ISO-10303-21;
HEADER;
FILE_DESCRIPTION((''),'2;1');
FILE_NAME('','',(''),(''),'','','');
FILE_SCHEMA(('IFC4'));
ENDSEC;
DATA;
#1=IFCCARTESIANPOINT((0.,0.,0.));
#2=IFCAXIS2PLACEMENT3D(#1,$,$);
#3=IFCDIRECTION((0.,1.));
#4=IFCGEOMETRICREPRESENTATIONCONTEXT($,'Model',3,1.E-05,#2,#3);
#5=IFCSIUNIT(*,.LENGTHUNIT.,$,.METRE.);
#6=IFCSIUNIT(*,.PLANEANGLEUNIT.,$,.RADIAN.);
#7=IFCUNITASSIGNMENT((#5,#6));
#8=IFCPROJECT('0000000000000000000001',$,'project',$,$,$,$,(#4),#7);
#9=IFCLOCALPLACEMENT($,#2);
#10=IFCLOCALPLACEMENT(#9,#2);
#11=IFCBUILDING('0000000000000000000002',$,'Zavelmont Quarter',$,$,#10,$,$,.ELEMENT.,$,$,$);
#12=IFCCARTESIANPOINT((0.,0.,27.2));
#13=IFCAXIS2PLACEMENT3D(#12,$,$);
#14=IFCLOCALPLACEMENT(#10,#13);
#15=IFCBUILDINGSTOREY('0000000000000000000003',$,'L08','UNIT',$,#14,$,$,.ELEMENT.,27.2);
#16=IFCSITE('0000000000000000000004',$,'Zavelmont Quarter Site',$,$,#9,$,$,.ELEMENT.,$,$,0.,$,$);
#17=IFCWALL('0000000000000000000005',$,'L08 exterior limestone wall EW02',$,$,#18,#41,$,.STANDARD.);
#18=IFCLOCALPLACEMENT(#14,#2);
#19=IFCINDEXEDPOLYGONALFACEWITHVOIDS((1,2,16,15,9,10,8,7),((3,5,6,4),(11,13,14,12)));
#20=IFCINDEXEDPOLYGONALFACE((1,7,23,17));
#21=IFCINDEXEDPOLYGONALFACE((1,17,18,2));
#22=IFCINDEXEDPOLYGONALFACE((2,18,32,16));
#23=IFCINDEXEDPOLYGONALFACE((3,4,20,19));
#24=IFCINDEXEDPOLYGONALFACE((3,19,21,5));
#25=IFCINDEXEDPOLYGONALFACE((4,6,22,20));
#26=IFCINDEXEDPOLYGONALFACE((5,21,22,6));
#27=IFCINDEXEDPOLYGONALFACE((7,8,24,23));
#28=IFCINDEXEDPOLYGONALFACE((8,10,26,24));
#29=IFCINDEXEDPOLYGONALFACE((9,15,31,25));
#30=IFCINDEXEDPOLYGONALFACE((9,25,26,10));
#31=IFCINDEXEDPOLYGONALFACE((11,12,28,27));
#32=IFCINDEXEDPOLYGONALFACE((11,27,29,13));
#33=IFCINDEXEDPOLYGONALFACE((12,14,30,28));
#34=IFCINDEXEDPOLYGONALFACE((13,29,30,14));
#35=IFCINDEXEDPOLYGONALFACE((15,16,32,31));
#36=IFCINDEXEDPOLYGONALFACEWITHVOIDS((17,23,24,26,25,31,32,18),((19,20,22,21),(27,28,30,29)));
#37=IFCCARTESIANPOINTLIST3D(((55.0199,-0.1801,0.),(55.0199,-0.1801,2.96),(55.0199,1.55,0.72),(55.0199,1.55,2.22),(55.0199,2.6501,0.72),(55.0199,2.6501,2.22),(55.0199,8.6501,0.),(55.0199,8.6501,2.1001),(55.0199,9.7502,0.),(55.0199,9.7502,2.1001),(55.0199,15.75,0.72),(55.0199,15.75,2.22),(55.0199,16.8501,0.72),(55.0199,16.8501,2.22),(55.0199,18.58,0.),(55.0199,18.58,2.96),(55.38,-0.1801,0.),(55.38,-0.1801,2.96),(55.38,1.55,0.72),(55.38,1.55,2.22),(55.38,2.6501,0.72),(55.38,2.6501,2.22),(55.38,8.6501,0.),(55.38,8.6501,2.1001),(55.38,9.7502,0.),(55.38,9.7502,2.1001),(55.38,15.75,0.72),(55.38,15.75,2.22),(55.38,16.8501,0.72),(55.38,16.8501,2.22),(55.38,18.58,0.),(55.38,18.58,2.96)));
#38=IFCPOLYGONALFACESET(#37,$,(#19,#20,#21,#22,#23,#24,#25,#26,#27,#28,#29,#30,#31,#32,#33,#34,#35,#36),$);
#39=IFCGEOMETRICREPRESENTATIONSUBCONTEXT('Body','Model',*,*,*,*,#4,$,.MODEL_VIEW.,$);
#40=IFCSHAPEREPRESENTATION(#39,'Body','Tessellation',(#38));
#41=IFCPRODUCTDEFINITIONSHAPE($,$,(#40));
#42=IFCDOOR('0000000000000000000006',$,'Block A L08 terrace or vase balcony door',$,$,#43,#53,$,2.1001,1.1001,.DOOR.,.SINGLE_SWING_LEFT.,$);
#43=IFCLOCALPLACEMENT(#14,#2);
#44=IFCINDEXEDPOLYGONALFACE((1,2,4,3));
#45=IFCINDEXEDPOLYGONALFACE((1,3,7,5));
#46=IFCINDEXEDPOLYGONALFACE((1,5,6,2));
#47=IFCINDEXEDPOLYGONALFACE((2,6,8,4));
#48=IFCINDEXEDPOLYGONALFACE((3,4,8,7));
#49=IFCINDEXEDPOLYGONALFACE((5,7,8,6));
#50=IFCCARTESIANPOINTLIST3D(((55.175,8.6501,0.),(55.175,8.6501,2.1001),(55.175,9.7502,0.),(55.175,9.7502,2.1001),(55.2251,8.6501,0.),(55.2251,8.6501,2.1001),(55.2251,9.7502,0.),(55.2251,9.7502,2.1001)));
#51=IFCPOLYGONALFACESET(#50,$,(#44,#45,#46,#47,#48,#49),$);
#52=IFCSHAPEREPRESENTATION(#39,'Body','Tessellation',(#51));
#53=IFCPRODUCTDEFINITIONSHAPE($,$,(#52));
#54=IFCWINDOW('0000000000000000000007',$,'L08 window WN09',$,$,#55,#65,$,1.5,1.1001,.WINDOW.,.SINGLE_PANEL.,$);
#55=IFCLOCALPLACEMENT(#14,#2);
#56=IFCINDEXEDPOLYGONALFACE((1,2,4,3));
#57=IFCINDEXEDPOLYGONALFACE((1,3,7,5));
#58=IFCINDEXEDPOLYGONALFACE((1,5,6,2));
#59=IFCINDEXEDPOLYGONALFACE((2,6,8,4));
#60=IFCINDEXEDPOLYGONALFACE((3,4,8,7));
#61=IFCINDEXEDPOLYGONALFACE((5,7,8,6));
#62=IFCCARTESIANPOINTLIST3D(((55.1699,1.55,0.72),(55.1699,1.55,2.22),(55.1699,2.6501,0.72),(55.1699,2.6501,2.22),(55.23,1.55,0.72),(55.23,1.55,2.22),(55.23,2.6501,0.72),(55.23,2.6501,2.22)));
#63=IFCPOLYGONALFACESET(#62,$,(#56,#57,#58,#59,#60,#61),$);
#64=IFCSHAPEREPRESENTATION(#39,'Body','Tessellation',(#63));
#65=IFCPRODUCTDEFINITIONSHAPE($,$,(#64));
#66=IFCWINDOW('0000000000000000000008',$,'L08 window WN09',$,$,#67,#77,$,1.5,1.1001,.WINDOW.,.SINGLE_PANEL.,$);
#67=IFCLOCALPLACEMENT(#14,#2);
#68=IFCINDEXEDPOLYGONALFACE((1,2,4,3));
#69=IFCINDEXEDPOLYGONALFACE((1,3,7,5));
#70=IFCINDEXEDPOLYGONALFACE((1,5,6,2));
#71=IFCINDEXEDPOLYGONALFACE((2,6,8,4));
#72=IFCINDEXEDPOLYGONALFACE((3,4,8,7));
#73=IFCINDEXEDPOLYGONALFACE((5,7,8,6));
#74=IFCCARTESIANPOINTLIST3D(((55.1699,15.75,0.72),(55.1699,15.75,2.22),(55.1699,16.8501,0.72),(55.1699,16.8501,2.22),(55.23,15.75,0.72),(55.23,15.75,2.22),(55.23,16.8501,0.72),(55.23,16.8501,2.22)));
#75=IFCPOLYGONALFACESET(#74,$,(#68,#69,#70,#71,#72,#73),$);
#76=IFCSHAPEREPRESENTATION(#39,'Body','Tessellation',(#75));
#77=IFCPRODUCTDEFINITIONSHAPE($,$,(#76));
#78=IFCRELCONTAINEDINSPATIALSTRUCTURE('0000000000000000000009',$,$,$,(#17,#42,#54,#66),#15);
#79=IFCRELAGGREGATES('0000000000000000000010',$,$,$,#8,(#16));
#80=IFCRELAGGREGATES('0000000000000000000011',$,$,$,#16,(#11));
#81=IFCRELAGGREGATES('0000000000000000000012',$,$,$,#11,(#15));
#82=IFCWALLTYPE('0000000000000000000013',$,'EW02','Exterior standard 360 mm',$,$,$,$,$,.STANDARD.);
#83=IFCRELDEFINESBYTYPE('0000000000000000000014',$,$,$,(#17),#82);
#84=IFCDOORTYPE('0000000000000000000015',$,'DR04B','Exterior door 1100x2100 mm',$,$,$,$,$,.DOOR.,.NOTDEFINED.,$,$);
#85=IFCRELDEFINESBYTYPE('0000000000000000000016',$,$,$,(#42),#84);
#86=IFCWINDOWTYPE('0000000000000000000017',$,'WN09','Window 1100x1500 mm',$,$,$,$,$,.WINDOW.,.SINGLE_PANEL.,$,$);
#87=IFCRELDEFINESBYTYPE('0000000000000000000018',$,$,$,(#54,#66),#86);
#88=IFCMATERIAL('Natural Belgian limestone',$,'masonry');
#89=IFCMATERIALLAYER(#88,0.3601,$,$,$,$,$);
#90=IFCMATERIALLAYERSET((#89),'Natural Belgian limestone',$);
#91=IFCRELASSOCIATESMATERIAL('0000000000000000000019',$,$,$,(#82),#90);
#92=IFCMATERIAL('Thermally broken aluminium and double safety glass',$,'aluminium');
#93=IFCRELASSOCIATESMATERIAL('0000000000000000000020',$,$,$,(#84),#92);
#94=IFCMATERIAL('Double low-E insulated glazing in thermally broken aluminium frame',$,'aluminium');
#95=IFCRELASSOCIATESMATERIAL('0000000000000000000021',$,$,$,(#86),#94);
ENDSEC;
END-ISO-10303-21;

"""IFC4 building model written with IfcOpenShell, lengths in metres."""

from ifc_helpers import new_model, si_unit, direction, frame, frame_2d, origin, origin_with_axes, place, context, subcontext, project, spatial, rectangle, extrude, material, layer, layer_set, type_object, element, fill, save


model = new_model("IFC4")

# Units and contexts
model_context = context("Model", 3, precision=1e-05, world=origin(), true_north=direction((0.0, 1.0)))
body_context = subcontext(model_context, "Body", "Model", "MODEL_VIEW")
ifc_project = project(units=[si_unit("LENGTHUNIT", "METRE"), si_unit("PLANEANGLEUNIT", "RADIAN")], contexts=[model_context])

# Site, building, storey
site_placement = place(None, origin())
site = spatial("IfcSite", under=ifc_project, at=site_placement, Name="Zavelmont Quarter Site", CompositionType="ELEMENT", RefElevation=0.0)
building_placement = place(site_placement, origin())
building = spatial("IfcBuilding", under=site, at=building_placement, Name="Zavelmont Quarter", CompositionType="ELEMENT")
storey_placement = place(building_placement, frame((0.0, 0.0, 27.2)))
storey = spatial("IfcBuildingStorey", under=building, at=storey_placement, Name="L08", Description="UNIT", CompositionType="ELEMENT", Elevation=27.2)

# Wall, openings, door, windows
ifc_material_1 = material(Name="Natural Belgian limestone", Category="masonry")
ifc_layer = layer(ifc_material_1, 0.3601)
ifc_layer_set = layer_set([ifc_layer], Name="Natural Belgian limestone")
wall_type = type_object("IfcWallType", Name="EW02", Description="Exterior standard 360 mm", PredefinedType="STANDARD", material=ifc_layer_set)
wall_placement = place(storey_placement, frame((55.2, -0.1799, 0.0), z_axis=(0.0, 0.0, 1.0), x_axis=(0.0, 1.0, 0.0)))
wall = element("IfcWall", 1, at=wall_placement, inside=storey, type_object=wall_type, Name="L08 exterior limestone wall EW02", PredefinedType="STANDARD", context=body_context, shape_type="SweptSolid", body=[
    extrude(rectangle(XDim=18.76, YDim=0.3601, at=frame_2d((9.3799, 0.0))), origin(), (0.0, 0.0, 1.0), 2.96),
])
opening_1_placement = place(wall_placement, frame((8.8301, 0.0, 0.0)))
opening_1 = element("IfcOpeningElement", 2, at=opening_1_placement, cuts=wall, PredefinedType="OPENING", context=body_context, shape_type="SweptSolid", body=[
    extrude(rectangle(XDim=1.1001, YDim=2.1001, at=frame_2d((0.55, 1.05))), frame((0.0, 0.1919, 0.0), z_axis=(0.0, -1.0, 0.0), x_axis=(1.0, 0.0, 0.0)), (0.0, 0.0, 1.0), 0.384),
])
opening_2_placement = place(wall_placement, frame((1.73, 0.0, 0.72)))
opening_2 = element("IfcOpeningElement", 3, at=opening_2_placement, cuts=wall, PredefinedType="OPENING", context=body_context, shape_type="SweptSolid", body=[
    extrude(rectangle(XDim=1.1001, YDim=1.5, at=frame_2d((0.55, 0.75))), frame((0.0, 0.1919, 0.0), z_axis=(0.0, -1.0, 0.0), x_axis=(1.0, 0.0, 0.0)), (0.0, 0.0, 1.0), 0.384),
])
opening_3_placement = place(wall_placement, frame((15.9299, 0.0, 0.72)))
opening_3 = element("IfcOpeningElement", 4, at=opening_3_placement, cuts=wall, PredefinedType="OPENING", context=body_context, shape_type="SweptSolid", body=[
    extrude(rectangle(XDim=1.1001, YDim=1.5, at=frame_2d((0.55, 0.75))), frame((0.0, 0.1919, 0.0), z_axis=(0.0, -1.0, 0.0), x_axis=(1.0, 0.0, 0.0)), (0.0, 0.0, 1.0), 0.384),
])
ifc_material_2 = material(Name="Thermally broken aluminium and double safety glass", Category="aluminium")
door_type = type_object("IfcDoorType", Name="DR04B", Description="Exterior door 1100x2100 mm", OperationType="NOTDEFINED", PredefinedType="DOOR", material=ifc_material_2)
door_placement = place(opening_1_placement, origin_with_axes())
door = element("IfcDoor", 5, at=door_placement, inside=storey, type_object=door_type, Name="Block A L08 terrace or vase balcony door", OperationType="SINGLE_SWING_LEFT", OverallHeight=2.1001, OverallWidth=1.1001, PredefinedType="DOOR", context=body_context, shape_type="SweptSolid", body=[
    extrude(rectangle(XDim=1.1001, YDim=2.1001, at=frame_2d((0.55, 1.05))), frame((0.0, 0.0249, 0.0), z_axis=(0.0, -1.0, 0.0), x_axis=(1.0, 0.0, 0.0)), (0.0, 0.0, 1.0), 0.05),
])
fill(opening_1, door)
ifc_material_3 = material(Name="Double low-E insulated glazing in thermally broken aluminium frame", Category="aluminium")
window_type = type_object("IfcWindowType", Name="WN09", Description="Window 1100x1500 mm", PartitioningType="SINGLE_PANEL", PredefinedType="WINDOW", material=ifc_material_3)
window_1_placement = place(opening_2_placement, origin_with_axes())
window_1 = element("IfcWindow", 6, at=window_1_placement, inside=storey, type_object=window_type, Name="L08 window WN09", OverallHeight=1.5, OverallWidth=1.1001, PartitioningType="SINGLE_PANEL", PredefinedType="WINDOW", context=body_context, shape_type="SweptSolid", body=[
    extrude(rectangle(XDim=1.1001, YDim=1.5, at=frame_2d((0.55, 0.75))), frame((0.0, 0.03, 0.0), z_axis=(0.0, -1.0, 0.0), x_axis=(1.0, 0.0, 0.0)), (0.0, 0.0, 1.0), 0.0601),
])
fill(opening_2, window_1)
window_2_placement = place(opening_3_placement, origin_with_axes())
window_2 = element("IfcWindow", 7, at=window_2_placement, inside=storey, type_object=window_type, Name="L08 window WN09", OverallHeight=1.5, OverallWidth=1.1001, PartitioningType="SINGLE_PANEL", PredefinedType="WINDOW", context=body_context, shape_type="SweptSolid", body=[
    extrude(rectangle(XDim=1.1001, YDim=1.5, at=frame_2d((0.55, 0.75))), frame((0.0, 0.03, 0.0), z_axis=(0.0, -1.0, 0.0), x_axis=(1.0, 0.0, 0.0)), (0.0, 0.0, 1.0), 0.0601),
])
fill(opening_3, window_2)

save(model, "model.ifc")
